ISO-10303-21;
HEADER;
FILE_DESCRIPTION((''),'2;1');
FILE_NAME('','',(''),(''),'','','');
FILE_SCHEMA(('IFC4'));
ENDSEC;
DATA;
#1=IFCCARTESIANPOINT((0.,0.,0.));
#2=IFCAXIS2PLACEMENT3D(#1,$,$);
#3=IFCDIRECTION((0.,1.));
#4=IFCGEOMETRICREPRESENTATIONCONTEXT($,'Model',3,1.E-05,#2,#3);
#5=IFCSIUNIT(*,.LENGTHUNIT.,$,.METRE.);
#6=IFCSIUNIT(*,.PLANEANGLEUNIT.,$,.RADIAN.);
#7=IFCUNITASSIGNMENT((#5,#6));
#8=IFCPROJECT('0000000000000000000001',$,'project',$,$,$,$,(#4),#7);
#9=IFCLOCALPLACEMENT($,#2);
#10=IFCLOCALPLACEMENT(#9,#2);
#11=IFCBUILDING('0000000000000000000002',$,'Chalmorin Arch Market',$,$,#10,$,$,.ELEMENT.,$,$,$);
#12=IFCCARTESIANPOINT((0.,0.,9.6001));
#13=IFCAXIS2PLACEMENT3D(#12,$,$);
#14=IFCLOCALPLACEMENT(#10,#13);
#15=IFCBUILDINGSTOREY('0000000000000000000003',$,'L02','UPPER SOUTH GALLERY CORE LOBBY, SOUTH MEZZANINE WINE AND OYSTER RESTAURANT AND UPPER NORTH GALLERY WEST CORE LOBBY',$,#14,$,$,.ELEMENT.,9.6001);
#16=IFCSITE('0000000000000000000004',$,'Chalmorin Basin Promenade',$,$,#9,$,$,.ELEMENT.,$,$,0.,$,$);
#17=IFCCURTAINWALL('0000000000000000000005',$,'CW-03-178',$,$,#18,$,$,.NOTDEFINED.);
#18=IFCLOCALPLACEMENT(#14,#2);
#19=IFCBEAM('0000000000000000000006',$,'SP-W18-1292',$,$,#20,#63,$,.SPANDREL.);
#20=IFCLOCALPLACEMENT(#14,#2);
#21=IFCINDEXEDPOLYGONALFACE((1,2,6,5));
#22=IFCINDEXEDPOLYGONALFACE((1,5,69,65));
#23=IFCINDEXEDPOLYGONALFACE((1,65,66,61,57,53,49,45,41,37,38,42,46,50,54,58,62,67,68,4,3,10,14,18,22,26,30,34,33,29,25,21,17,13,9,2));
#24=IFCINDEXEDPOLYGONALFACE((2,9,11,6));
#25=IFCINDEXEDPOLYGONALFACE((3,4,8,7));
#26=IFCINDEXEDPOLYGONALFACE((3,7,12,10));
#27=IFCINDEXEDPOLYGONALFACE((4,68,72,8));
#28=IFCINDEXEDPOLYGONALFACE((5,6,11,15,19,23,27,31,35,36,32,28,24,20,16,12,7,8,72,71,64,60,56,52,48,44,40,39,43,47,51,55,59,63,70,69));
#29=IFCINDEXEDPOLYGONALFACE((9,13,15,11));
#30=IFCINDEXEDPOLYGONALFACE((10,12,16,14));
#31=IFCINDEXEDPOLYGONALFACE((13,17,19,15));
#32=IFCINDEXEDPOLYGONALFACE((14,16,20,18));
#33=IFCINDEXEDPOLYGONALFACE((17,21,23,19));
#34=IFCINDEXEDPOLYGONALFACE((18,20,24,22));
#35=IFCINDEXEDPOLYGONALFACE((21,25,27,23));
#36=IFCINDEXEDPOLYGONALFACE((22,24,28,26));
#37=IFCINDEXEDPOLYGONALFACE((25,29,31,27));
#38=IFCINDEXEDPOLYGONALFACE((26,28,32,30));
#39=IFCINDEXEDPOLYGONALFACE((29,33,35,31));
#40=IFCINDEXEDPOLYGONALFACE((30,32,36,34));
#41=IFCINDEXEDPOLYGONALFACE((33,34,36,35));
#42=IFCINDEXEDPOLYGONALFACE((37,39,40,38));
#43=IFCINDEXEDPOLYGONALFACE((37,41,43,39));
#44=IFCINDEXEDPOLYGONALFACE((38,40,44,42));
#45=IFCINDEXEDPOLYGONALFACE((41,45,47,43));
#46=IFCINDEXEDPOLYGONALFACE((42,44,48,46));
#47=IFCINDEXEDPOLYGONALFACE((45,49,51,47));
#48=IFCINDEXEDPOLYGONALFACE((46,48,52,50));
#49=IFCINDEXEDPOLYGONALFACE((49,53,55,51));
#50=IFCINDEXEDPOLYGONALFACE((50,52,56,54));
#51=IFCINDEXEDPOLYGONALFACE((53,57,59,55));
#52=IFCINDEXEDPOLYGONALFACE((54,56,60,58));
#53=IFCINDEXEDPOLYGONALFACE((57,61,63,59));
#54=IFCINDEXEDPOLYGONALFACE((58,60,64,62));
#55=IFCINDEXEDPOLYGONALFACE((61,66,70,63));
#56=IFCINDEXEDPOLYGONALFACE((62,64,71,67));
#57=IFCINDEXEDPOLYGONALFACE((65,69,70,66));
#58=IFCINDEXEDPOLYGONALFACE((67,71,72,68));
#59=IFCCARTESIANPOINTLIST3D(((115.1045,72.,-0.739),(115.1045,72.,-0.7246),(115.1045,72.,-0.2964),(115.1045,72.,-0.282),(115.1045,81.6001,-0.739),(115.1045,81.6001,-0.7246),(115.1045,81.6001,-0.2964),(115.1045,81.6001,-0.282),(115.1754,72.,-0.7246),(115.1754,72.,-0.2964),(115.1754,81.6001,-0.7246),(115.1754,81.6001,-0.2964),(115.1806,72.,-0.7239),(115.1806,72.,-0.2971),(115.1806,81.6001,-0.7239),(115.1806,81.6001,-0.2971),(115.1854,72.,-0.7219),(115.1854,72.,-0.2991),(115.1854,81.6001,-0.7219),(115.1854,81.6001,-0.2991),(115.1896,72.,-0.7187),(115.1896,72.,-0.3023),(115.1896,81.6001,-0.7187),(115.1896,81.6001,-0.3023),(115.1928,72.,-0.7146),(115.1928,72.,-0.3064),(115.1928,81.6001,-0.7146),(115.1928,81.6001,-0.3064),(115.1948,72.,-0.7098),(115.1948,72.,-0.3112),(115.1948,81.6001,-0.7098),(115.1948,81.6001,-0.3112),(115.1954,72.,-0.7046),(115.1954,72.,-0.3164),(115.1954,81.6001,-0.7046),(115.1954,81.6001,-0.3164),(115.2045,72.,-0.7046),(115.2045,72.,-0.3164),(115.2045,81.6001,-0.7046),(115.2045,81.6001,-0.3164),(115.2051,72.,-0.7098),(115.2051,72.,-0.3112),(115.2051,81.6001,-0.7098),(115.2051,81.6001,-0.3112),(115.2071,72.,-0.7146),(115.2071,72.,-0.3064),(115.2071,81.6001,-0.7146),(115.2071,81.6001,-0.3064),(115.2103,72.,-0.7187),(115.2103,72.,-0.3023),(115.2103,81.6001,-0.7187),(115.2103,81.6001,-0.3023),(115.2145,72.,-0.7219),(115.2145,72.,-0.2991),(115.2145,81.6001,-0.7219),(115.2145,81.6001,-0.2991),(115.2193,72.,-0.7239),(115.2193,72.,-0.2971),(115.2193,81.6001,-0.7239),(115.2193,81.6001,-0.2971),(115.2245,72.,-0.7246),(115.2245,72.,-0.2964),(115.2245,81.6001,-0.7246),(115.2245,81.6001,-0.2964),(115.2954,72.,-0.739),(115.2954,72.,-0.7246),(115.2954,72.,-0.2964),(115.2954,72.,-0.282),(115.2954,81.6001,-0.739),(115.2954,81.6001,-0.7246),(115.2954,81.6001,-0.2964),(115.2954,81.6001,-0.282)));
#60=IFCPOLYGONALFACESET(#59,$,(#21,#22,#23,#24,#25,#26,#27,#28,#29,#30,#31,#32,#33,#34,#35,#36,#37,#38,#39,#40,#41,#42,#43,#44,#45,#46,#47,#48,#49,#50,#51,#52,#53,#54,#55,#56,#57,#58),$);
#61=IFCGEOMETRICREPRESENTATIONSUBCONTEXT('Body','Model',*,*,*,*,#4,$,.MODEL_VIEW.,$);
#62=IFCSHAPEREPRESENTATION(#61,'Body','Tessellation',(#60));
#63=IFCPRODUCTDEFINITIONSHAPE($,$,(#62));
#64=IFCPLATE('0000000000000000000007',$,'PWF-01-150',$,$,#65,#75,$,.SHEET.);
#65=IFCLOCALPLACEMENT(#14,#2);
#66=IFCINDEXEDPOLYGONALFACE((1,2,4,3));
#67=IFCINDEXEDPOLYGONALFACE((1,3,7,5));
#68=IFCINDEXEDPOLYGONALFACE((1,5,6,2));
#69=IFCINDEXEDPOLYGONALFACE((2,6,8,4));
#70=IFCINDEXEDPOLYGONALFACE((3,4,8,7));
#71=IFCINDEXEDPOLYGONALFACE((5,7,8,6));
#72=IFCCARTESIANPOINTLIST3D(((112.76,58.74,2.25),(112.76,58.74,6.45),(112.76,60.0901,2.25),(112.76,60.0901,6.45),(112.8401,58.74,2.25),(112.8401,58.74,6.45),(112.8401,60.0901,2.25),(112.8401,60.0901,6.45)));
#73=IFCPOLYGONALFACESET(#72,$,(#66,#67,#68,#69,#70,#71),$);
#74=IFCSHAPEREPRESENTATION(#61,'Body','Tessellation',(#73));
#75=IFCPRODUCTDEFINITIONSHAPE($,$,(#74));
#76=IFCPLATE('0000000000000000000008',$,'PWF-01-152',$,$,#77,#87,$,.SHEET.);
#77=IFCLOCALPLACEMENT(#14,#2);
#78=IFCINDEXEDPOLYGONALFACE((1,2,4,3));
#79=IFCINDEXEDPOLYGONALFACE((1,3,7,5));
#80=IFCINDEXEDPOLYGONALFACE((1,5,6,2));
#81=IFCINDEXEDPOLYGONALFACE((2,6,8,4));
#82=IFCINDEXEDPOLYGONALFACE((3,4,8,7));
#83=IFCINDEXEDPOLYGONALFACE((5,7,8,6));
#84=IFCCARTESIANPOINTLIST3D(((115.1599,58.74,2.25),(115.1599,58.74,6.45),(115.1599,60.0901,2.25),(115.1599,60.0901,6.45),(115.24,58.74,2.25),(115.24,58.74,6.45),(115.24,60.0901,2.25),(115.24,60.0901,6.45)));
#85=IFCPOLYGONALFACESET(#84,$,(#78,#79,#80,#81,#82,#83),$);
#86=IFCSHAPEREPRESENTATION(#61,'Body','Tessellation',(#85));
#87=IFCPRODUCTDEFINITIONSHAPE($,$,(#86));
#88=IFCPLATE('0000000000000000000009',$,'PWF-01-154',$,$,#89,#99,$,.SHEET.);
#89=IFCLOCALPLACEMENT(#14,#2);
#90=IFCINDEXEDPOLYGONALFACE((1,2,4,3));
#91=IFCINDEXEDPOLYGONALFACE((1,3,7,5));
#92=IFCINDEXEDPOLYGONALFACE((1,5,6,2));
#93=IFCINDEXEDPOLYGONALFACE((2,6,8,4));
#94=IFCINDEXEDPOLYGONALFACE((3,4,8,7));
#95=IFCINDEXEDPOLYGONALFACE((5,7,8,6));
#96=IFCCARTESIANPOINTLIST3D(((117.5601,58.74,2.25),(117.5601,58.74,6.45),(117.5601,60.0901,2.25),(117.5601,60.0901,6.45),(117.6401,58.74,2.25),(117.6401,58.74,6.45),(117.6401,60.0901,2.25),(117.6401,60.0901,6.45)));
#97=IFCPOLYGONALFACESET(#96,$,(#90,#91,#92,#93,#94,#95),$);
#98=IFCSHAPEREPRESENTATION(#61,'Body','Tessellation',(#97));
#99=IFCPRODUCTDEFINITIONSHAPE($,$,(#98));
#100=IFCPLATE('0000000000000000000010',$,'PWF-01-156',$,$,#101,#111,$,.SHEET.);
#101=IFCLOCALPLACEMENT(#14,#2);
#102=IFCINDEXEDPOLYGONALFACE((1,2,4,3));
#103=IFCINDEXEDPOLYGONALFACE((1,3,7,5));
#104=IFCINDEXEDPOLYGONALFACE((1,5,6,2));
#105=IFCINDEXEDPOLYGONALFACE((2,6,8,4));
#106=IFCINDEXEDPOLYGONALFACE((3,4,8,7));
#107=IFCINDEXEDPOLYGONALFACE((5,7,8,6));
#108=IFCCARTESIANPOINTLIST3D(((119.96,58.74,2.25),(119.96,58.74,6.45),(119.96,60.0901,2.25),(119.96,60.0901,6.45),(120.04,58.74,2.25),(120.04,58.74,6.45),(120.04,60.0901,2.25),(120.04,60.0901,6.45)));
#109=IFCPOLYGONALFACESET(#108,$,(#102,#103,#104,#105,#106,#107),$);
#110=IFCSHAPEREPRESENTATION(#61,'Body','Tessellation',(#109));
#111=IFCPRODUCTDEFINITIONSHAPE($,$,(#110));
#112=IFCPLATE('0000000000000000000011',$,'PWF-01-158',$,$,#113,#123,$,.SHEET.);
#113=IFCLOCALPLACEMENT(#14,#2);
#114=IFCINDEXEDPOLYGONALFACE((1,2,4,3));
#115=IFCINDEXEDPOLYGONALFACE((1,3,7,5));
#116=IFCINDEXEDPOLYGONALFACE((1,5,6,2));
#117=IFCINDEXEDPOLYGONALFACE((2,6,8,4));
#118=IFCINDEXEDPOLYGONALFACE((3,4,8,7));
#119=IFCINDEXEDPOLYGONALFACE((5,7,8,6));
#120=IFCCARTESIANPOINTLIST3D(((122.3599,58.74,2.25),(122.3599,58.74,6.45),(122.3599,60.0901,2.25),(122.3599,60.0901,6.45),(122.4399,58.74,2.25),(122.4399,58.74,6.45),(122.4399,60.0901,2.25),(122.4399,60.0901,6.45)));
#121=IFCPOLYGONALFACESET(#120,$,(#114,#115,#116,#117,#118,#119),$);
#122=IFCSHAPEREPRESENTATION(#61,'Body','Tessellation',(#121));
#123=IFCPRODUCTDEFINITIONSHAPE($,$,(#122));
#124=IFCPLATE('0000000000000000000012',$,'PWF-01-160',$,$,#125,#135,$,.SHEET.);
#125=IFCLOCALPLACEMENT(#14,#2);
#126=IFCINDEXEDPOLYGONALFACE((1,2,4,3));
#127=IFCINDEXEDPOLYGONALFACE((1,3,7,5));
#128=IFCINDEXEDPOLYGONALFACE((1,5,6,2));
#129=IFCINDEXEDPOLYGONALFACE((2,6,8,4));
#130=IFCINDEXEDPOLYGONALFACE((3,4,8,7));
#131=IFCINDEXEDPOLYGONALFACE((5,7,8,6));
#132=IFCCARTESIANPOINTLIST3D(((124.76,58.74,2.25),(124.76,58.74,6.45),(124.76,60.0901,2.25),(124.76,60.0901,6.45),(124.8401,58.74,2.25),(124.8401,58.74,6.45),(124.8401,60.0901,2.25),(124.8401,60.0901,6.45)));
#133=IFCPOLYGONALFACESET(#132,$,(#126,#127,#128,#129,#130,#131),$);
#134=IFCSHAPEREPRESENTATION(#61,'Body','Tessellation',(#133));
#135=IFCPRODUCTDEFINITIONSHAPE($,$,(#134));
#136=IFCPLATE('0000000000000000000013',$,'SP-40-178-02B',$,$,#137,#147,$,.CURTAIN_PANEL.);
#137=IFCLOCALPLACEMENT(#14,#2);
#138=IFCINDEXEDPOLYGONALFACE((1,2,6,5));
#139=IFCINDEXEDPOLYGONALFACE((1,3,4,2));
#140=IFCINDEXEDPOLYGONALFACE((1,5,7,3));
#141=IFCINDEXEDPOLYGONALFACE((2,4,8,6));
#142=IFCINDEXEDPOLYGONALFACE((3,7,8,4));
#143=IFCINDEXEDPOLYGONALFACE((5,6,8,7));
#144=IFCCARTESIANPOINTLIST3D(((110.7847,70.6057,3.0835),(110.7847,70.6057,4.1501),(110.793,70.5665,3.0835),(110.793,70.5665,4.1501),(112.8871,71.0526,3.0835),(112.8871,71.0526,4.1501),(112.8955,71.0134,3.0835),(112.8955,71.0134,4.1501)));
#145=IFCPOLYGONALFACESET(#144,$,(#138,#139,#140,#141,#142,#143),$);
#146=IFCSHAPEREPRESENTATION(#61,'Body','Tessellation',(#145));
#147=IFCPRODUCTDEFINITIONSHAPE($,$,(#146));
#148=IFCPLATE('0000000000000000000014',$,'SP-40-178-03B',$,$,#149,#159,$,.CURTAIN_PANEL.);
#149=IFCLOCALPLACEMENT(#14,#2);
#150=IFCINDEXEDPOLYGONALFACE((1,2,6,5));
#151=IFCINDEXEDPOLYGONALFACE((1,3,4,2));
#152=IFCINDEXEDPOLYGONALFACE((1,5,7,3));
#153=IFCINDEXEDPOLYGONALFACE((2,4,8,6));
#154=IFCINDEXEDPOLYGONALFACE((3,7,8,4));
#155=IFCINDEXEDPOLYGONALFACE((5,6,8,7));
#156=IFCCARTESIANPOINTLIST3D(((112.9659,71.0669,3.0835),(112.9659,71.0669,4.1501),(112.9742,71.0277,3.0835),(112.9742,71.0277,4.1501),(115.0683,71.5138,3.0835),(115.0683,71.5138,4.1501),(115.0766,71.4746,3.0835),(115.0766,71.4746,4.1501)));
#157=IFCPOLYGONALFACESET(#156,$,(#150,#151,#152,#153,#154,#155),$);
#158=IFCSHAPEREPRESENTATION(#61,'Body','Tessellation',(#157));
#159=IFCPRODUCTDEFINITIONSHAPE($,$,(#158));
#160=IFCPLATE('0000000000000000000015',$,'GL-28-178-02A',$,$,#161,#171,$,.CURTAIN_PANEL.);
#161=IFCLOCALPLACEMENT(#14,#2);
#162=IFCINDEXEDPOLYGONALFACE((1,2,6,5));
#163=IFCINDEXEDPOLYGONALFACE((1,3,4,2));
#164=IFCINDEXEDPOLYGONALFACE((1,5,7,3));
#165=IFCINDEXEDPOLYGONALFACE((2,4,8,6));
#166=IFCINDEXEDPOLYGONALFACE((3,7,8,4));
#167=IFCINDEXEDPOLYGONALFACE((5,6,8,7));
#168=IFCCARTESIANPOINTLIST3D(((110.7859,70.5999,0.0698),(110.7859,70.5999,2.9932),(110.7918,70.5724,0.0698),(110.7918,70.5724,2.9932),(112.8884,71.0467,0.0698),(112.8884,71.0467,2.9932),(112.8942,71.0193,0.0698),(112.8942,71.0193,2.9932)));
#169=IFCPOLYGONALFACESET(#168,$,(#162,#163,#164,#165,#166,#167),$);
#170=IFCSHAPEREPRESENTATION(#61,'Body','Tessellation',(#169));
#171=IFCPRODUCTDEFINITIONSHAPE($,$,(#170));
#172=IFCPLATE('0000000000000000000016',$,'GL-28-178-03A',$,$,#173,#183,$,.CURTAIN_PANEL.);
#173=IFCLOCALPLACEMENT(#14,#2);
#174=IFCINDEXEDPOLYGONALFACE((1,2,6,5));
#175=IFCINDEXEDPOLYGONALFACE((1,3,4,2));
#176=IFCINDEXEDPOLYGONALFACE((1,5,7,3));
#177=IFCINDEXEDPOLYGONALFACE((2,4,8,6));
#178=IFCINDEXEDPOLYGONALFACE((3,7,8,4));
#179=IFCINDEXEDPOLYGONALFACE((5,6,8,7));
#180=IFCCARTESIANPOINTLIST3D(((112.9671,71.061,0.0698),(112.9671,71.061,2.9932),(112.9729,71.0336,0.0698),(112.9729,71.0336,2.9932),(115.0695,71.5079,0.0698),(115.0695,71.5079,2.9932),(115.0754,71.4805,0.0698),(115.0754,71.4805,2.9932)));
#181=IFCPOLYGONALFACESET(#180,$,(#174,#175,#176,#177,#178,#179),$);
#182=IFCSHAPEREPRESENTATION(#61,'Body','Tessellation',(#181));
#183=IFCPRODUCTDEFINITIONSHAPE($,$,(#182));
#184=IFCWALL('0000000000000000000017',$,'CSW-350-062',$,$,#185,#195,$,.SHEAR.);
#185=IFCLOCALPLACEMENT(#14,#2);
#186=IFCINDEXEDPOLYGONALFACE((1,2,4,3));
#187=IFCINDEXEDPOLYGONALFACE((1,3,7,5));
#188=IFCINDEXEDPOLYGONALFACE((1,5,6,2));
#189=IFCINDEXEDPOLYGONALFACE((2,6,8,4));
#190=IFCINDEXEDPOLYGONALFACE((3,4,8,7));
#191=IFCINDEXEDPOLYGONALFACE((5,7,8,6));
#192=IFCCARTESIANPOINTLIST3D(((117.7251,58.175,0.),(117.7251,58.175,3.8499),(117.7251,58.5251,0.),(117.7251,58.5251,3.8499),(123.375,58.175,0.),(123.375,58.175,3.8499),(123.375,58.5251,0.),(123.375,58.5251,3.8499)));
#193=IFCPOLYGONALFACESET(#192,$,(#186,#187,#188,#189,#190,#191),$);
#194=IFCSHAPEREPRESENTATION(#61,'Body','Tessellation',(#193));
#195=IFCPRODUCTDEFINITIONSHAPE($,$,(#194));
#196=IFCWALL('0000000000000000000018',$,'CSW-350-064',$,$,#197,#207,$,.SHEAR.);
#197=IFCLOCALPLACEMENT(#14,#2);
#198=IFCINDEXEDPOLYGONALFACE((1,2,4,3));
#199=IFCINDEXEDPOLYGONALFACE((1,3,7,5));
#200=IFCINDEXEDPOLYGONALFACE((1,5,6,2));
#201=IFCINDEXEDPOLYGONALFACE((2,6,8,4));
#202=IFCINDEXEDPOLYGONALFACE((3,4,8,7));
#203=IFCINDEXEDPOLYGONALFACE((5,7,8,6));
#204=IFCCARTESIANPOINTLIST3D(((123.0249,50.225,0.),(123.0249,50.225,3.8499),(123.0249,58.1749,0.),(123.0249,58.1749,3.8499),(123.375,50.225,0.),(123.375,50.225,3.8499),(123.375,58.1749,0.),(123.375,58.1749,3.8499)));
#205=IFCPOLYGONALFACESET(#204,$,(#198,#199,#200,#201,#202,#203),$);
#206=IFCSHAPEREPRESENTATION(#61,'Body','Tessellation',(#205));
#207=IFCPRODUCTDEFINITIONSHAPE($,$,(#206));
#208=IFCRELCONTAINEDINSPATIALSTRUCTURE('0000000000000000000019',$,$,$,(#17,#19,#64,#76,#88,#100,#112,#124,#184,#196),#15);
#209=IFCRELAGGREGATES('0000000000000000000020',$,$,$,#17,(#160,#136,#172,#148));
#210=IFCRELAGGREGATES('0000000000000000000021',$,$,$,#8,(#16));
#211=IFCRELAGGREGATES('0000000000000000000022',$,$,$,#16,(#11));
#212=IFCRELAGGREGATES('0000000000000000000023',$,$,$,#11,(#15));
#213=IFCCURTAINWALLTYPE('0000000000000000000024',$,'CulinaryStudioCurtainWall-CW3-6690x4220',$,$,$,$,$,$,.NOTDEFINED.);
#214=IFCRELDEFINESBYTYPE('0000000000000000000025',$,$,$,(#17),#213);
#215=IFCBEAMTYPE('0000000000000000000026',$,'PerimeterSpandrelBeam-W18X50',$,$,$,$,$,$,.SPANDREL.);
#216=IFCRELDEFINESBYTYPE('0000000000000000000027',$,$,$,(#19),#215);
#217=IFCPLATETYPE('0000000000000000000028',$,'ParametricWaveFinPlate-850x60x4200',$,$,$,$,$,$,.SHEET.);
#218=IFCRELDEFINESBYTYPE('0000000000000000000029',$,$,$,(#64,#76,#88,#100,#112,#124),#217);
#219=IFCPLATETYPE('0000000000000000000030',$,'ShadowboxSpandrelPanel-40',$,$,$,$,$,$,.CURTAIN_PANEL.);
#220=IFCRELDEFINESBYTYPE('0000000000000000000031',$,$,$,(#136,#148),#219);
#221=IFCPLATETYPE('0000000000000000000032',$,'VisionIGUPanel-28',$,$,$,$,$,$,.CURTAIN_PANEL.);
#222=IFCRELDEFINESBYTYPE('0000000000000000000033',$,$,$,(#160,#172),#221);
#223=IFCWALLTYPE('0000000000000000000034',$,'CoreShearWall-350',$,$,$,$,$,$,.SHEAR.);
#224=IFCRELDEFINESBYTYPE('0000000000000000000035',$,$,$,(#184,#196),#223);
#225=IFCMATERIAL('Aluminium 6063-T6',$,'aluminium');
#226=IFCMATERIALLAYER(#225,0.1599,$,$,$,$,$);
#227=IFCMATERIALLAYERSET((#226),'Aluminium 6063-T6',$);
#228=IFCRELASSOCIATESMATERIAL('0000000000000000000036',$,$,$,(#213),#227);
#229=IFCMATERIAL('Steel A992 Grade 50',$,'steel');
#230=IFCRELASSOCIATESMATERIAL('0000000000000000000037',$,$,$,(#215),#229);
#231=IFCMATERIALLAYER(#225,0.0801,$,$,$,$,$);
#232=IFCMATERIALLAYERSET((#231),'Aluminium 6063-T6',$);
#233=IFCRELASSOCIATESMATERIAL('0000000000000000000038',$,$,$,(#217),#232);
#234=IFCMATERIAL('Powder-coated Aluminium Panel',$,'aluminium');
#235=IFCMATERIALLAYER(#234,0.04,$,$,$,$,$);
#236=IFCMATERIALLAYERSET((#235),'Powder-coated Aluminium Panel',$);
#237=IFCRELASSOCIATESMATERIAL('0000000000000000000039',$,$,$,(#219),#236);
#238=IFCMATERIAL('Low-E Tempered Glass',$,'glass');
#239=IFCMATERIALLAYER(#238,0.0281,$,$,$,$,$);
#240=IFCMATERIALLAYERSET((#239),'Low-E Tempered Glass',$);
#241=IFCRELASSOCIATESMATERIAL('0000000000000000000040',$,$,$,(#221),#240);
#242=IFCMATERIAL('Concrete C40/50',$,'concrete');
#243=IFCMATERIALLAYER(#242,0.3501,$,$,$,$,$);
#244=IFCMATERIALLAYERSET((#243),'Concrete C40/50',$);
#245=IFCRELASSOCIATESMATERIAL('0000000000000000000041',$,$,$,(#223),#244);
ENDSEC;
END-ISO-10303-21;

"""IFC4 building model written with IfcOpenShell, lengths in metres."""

from ifc_helpers import new_model, si_unit, direction, frame, frame_2d, origin, origin_2d, place, context, subcontext, project, spatial, rectangle, i_section, extrude, material, layer, layer_set, material_profile, profile_set, type_object, element, aggregate, save


model = new_model("IFC4")

# Units and contexts
model_context = context("Model", 3, precision=1e-05, world=origin(), true_north=direction((0.0, 1.0)))
body_context = subcontext(model_context, "Body", "Model", "MODEL_VIEW")
ifc_project = project(units=[si_unit("LENGTHUNIT", "METRE"), si_unit("PLANEANGLEUNIT", "RADIAN")], contexts=[model_context])

# Site, building, storey
site_placement = place(None, origin())
site = spatial("IfcSite", under=ifc_project, at=site_placement, Name="Chalmorin Basin Promenade", CompositionType="ELEMENT", RefElevation=0.0)
building_placement = place(site_placement, origin())
building = spatial("IfcBuilding", under=site, at=building_placement, Name="Chalmorin Arch Market", CompositionType="ELEMENT")
storey_placement = place(building_placement, frame((0.0, 0.0, 9.6001)))
storey = spatial("IfcBuildingStorey", under=building, at=storey_placement, Name="L02", Description="UPPER SOUTH GALLERY CORE LOBBY, SOUTH MEZZANINE WINE AND OYSTER RESTAURANT AND UPPER NORTH GALLERY WEST CORE LOBBY", CompositionType="ELEMENT", Elevation=9.6001)

# Shared definitions
ifc_material_1 = material(Name="Concrete C40/50", Category="concrete")

# Curtain wall
ifc_material_2 = material(Name="Aluminium 6063-T6", Category="aluminium")
ifc_layer_1 = layer(ifc_material_2, 0.1599)
ifc_layer_set_1 = layer_set([ifc_layer_1], Name="Aluminium 6063-T6")
curtain_wall_type = type_object("IfcCurtainWallType", Name="CulinaryStudioCurtainWall-CW3-6690x4220", PredefinedType="NOTDEFINED", material=ifc_layer_set_1)
curtain_wall_placement = place(storey_placement, origin())
curtain_wall = element("IfcCurtainWall", 1, at=curtain_wall_placement, inside=storey, type_object=curtain_wall_type, Name="CW-03-178", PredefinedType="NOTDEFINED")

# Beam
ifc_material_3 = material(Name="Steel A992 Grade 50", Category="steel")
ifc_material_profile_1 = material_profile(ifc_material_3, i_section(OverallWidth=0.1909, OverallDepth=0.457, WebThickness=0.009, FlangeThickness=0.0144, FilletRadius=0.02, at=origin_2d()), Name="W18X50")
ifc_profile_set_1 = profile_set([ifc_material_profile_1], Name="Steel A992 Grade 50")
beam_type_1 = type_object("IfcBeamType", Name="PerimeterSpandrelBeam-W18X50", PredefinedType="SPANDREL", material=ifc_profile_set_1)
for number, where, z_axis, x_axis, name in (
    (2, (115.2, 72.0, -0.5105), (0.0, 1.0, 0.0), (-1.0, 0.0, 0.0), "SP-W18-1292"),
):
    element("IfcBeam", number, at=place(storey_placement, frame(where, z_axis=z_axis, x_axis=x_axis)), inside=storey, type_object=beam_type_1, Name=name, PredefinedType="SPANDREL", context=body_context, shape_type="SweptSolid", body=[
        extrude(i_section(OverallWidth=0.1909, OverallDepth=0.457, WebThickness=0.009, FlangeThickness=0.0144, FilletRadius=0.02, at=origin_2d()), origin(), (0.0, 0.0, 1.0), 9.6001),
    ])

# Plates
ifc_layer_2 = layer(ifc_material_2, 0.0801)
ifc_layer_set_2 = layer_set([ifc_layer_2], Name="Aluminium 6063-T6")
plate_type_1 = type_object("IfcPlateType", Name="ParametricWaveFinPlate-850x60x4200", PredefinedType="SHEET", material=ifc_layer_set_2)
for number, where, z_axis, x_axis, name in (
    (3, (112.8, 59.415, 2.25), (0.0, 0.0, 1.0), (0.0, 1.0, 0.0), "PWF-01-150"),
    (4, (115.2, 59.415, 2.25), (0.0, 0.0, 1.0), (0.0, 1.0, 0.0), "PWF-01-152"),
    (5, (117.6001, 59.415, 2.25), (0.0, 0.0, 1.0), (0.0, 1.0, 0.0), "PWF-01-154"),
    (6, (120.0, 59.415, 2.25), (0.0, 0.0, 1.0), (0.0, 1.0, 0.0), "PWF-01-156"),
    (7, (122.3999, 59.415, 2.25), (0.0, 0.0, 1.0), (0.0, 1.0, 0.0), "PWF-01-158"),
    (8, (124.8, 59.415, 2.25), (0.0, 0.0, 1.0), (0.0, 1.0, 0.0), "PWF-01-160"),
):
    element("IfcPlate", number, at=place(storey_placement, frame(where, z_axis=z_axis, x_axis=x_axis)), inside=storey, type_object=plate_type_1, Name=name, PredefinedType="SHEET", context=body_context, shape_type="SweptSolid", body=[
        extrude(rectangle(XDim=1.3501, YDim=0.0801, at=origin_2d()), origin(), (0.0, 0.0, 1.0), 4.2),
    ])

# Plates
ifc_material_4 = material(Name="Powder-coated Aluminium Panel", Category="aluminium")
ifc_layer_3 = layer(ifc_material_4, 0.04)
ifc_layer_set_3 = layer_set([ifc_layer_3], Name="Powder-coated Aluminium Panel")
plate_type_2 = type_object("IfcPlateType", Name="ShadowboxSpandrelPanel-40", PredefinedType="CURTAIN_PANEL", material=ifc_layer_set_3)
plate_1_placement = place(storey_placement, frame((111.8401, 70.8096, 3.0835), z_axis=(0.0, 0.0, 1.0), x_axis=(0.978148, 0.207912, 0.0)))
plate_1 = element("IfcPlate", 9, at=plate_1_placement, type_object=plate_type_2, Name="SP-40-178-02B", PredefinedType="CURTAIN_PANEL", context=body_context, shape_type="SweptSolid", body=[
    extrude(rectangle(XDim=2.1494, YDim=0.04, at=origin_2d()), origin(), (0.0, 0.0, 1.0), 1.0667),
])
plate_2_placement = place(storey_placement, frame((114.0212, 71.2708, 3.0835), z_axis=(0.0, 0.0, 1.0), x_axis=(0.978148, 0.207912, 0.0)))
plate_2 = element("IfcPlate", 10, at=plate_2_placement, type_object=plate_type_2, Name="SP-40-178-03B", PredefinedType="CURTAIN_PANEL", context=body_context, shape_type="SweptSolid", body=[
    extrude(rectangle(XDim=2.1494, YDim=0.04, at=origin_2d()), origin(), (0.0, 0.0, 1.0), 1.0667),
])
ifc_material_5 = material(Name="Low-E Tempered Glass", Category="glass")
ifc_layer_4 = layer(ifc_material_5, 0.0281)
ifc_layer_set_4 = layer_set([ifc_layer_4], Name="Low-E Tempered Glass")
plate_type_3 = type_object("IfcPlateType", Name="VisionIGUPanel-28", PredefinedType="CURTAIN_PANEL", material=ifc_layer_set_4)
plate_3_placement = place(storey_placement, frame((111.8401, 70.8096, 0.0698), z_axis=(0.0, 0.0, 1.0), x_axis=(0.978148, 0.207912, 0.0)))
plate_3 = element("IfcPlate", 11, at=plate_3_placement, type_object=plate_type_3, Name="GL-28-178-02A", PredefinedType="CURTAIN_PANEL", context=body_context, shape_type="SweptSolid", body=[
    extrude(rectangle(XDim=2.1494, YDim=0.0281, at=origin_2d()), origin(), (0.0, 0.0, 1.0), 2.9233),
])
plate_4_placement = place(storey_placement, frame((114.0212, 71.2708, 0.0698), z_axis=(0.0, 0.0, 1.0), x_axis=(0.978148, 0.207912, 0.0)))
plate_4 = element("IfcPlate", 12, at=plate_4_placement, type_object=plate_type_3, Name="GL-28-178-03A", PredefinedType="CURTAIN_PANEL", context=body_context, shape_type="SweptSolid", body=[
    extrude(rectangle(XDim=2.1494, YDim=0.0281, at=origin_2d()), origin(), (0.0, 0.0, 1.0), 2.9233),
])
aggregate(curtain_wall, [plate_3, plate_1, plate_4, plate_2])

# Walls
ifc_layer_5 = layer(ifc_material_1, 0.3501)
ifc_layer_set_5 = layer_set([ifc_layer_5], Name="Concrete C40/50")
wall_type_1 = type_object("IfcWallType", Name="CoreShearWall-350", PredefinedType="SHEAR", material=ifc_layer_set_5)
wall_1_placement = place(storey_placement, frame((117.7251, 58.3501, 0.0), z_axis=(0.0, 0.0, 1.0), x_axis=(1.0, 0.0, 0.0)))
element("IfcWall", 13, at=wall_1_placement, inside=storey, type_object=wall_type_1, Name="CSW-350-062", PredefinedType="SHEAR", context=body_context, shape_type="SweptSolid", body=[
    extrude(rectangle(XDim=5.6499, YDim=0.3501, at=frame_2d((2.825, 0.0))), origin(), (0.0, 0.0, 1.0), 3.8499),
])
wall_2_placement = place(storey_placement, frame((123.2, 58.175, 0.0), z_axis=(0.0, 0.0, 1.0), x_axis=(0.0, -1.0, 0.0)))
element("IfcWall", 14, at=wall_2_placement, inside=storey, type_object=wall_type_1, Name="CSW-350-064", PredefinedType="SHEAR", context=body_context, shape_type="SweptSolid", body=[
    extrude(rectangle(XDim=7.95, YDim=0.3501, at=frame_2d((3.9751, 0.0))), origin(), (0.0, 0.0, 1.0), 3.8499),
])

save(model, "model.ifc")
